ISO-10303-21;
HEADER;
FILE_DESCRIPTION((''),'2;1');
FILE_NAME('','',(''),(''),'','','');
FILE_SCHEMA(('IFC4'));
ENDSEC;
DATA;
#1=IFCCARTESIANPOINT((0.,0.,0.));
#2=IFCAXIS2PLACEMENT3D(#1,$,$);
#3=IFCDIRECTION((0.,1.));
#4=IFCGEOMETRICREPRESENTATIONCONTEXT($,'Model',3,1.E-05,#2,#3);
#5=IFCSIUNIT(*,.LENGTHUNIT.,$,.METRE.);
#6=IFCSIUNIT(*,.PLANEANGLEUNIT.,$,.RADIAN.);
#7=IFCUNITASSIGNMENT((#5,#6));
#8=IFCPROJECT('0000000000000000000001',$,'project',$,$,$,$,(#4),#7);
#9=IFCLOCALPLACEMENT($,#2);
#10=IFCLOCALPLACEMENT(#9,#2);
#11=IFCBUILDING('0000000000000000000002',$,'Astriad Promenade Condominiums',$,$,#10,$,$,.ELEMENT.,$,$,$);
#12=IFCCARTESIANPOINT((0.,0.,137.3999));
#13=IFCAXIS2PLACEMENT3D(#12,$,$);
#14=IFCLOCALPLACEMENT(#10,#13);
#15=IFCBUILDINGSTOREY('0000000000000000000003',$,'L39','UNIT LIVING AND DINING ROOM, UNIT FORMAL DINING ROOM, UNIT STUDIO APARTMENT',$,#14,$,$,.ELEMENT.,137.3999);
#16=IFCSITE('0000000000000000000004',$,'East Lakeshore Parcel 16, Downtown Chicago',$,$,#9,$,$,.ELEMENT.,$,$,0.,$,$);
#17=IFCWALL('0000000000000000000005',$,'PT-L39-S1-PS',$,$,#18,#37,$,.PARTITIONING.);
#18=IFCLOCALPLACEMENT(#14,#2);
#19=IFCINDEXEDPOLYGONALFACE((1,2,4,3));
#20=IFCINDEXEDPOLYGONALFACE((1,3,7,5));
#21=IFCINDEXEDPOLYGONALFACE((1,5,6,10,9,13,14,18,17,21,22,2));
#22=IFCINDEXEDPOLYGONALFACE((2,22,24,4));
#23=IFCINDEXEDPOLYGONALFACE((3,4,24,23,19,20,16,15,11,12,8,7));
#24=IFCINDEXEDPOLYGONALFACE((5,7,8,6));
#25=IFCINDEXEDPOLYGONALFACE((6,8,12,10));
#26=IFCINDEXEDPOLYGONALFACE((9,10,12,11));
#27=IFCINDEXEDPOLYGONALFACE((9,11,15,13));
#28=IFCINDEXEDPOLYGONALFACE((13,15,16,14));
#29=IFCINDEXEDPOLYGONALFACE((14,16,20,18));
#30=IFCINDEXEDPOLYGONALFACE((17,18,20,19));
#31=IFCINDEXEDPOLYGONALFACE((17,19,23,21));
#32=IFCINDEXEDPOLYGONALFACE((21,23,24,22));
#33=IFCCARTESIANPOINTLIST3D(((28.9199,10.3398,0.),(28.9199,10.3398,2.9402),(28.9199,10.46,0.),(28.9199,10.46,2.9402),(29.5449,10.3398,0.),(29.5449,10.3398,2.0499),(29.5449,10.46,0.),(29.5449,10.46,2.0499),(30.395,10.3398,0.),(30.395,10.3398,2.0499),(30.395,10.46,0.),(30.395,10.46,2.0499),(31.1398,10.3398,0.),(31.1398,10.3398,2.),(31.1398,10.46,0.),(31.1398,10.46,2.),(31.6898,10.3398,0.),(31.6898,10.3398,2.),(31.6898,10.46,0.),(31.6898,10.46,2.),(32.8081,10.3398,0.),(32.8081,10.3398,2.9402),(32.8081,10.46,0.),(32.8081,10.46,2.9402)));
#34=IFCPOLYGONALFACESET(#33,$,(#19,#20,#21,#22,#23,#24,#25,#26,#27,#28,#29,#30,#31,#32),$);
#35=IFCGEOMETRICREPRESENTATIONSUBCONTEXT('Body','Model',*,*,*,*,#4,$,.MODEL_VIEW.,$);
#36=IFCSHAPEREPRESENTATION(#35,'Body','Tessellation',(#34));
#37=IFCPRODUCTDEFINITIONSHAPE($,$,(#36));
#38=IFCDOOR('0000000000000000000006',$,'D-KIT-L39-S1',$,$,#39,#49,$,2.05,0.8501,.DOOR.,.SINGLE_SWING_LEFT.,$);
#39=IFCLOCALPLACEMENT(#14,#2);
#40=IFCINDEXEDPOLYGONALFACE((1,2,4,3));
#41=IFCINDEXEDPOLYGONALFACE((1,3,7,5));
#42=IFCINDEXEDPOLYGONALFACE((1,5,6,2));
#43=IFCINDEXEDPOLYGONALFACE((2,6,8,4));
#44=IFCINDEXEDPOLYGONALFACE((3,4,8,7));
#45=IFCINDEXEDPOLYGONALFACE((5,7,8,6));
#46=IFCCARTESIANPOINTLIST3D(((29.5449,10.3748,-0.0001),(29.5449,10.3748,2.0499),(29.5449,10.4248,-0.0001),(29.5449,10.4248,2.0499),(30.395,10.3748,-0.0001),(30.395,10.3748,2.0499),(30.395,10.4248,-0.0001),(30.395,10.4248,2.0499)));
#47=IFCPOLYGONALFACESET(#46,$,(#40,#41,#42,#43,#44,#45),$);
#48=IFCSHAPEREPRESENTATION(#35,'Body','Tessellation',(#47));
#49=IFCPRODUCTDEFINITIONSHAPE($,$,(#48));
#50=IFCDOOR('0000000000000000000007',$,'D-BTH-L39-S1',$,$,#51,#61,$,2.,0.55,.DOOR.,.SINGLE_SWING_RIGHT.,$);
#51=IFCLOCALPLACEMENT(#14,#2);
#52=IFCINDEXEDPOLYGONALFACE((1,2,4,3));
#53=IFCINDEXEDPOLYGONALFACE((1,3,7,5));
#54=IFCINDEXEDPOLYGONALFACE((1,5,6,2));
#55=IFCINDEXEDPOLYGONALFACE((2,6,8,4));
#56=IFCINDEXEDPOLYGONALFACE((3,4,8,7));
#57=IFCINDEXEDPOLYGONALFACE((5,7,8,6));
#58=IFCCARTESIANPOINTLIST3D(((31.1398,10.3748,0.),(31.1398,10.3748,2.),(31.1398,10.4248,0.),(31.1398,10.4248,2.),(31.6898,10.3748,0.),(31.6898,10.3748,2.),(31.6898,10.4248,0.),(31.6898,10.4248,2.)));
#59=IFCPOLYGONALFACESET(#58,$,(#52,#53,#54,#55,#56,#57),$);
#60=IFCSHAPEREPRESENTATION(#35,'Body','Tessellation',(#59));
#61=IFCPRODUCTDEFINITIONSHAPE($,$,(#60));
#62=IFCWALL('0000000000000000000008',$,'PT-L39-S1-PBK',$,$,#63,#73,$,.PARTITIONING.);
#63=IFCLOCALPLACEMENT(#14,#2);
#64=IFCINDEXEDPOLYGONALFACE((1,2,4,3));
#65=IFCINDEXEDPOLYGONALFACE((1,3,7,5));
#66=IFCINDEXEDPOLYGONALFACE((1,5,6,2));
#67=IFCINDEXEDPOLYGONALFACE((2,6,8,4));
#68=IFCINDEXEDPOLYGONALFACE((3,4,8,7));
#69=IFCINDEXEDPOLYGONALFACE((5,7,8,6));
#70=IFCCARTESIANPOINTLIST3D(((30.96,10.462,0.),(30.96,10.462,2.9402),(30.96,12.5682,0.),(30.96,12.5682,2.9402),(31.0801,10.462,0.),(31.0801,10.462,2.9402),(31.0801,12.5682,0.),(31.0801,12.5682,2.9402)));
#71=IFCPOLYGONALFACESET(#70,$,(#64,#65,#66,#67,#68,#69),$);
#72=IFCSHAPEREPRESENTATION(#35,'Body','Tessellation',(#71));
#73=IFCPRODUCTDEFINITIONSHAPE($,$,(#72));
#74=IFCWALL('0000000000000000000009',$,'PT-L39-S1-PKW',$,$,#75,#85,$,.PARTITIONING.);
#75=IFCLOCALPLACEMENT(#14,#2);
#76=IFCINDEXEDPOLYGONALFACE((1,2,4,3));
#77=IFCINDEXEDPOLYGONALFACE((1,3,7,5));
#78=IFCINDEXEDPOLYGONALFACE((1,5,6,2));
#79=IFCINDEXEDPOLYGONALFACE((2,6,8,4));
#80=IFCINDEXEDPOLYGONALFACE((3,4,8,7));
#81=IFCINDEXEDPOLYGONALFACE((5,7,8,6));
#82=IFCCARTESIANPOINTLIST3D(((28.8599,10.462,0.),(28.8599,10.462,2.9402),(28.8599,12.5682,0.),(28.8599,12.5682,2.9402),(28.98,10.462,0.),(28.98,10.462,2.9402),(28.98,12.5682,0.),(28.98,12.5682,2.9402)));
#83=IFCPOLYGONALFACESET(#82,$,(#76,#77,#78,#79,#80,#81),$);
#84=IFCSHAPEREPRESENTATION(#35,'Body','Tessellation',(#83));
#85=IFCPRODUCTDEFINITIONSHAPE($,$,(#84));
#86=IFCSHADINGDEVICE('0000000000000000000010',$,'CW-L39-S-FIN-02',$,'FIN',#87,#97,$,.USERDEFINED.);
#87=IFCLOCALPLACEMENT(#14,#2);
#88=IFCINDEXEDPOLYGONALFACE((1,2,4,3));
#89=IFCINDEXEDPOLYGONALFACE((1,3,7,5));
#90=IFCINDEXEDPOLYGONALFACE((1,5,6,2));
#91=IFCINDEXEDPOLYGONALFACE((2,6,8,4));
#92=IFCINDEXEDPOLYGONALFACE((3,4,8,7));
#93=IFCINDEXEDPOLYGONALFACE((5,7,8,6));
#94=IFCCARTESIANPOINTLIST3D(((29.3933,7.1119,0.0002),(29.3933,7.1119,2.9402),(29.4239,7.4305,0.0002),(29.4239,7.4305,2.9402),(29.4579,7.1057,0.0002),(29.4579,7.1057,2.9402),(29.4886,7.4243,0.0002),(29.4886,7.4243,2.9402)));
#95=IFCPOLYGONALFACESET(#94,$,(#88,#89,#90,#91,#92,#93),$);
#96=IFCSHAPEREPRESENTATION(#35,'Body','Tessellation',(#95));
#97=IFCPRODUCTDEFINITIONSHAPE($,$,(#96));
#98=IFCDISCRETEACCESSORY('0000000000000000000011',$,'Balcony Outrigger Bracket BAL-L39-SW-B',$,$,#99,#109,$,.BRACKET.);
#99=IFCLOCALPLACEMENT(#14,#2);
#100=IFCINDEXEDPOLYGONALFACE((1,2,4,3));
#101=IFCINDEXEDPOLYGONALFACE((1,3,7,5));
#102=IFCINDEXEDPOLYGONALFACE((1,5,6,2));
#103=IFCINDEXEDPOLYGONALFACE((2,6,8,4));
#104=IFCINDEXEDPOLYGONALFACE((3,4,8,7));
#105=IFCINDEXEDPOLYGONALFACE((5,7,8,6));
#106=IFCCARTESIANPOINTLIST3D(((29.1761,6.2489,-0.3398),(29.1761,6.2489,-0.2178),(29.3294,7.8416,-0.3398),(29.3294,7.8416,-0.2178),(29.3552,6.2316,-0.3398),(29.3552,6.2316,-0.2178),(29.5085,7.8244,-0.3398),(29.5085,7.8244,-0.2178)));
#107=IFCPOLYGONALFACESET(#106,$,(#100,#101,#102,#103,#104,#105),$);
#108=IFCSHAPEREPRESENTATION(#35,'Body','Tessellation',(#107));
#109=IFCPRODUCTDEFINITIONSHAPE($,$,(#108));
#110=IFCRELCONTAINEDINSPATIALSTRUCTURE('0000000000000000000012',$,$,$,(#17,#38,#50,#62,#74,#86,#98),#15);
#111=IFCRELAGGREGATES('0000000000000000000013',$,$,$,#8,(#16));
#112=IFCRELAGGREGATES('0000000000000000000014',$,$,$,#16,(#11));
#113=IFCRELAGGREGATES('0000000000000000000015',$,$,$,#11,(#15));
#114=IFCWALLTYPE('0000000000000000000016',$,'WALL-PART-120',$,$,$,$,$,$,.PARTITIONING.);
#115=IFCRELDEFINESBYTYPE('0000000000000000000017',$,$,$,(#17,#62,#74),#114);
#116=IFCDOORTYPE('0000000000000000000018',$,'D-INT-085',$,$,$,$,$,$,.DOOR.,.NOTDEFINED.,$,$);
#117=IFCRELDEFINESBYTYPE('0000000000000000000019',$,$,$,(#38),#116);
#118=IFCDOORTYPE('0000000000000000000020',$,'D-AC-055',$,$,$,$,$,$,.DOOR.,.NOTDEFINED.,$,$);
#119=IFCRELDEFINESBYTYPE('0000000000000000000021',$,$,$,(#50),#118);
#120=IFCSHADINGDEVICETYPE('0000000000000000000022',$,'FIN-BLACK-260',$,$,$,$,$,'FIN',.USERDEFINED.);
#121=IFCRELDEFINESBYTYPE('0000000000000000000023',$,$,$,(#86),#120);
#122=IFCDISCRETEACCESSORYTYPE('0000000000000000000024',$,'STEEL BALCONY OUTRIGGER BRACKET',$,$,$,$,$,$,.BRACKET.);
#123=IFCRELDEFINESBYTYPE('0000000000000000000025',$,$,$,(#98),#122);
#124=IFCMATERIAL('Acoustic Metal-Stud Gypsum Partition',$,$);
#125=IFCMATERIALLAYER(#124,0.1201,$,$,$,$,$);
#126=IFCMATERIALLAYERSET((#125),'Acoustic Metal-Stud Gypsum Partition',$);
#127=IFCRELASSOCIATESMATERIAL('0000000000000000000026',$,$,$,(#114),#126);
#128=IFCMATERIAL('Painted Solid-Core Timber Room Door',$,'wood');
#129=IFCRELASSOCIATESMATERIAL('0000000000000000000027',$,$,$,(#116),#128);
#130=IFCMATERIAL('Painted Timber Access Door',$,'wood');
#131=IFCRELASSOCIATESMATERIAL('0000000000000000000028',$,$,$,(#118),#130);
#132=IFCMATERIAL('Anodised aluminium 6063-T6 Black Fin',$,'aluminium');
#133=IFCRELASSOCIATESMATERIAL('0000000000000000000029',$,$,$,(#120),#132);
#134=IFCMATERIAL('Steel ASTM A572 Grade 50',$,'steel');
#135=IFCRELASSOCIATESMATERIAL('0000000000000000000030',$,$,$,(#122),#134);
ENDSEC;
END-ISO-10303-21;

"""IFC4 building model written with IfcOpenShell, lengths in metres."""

from ifc_helpers import new_model, si_unit, direction, frame, frame_2d, origin, origin_2d, place, context, subcontext, project, spatial, rectangle, extrude, source, transform, mapped, material, layer, layer_set, type_object, type_shapes, element, fill, save


model = new_model("IFC4")

# Units and contexts
model_context = context("Model", 3, precision=1e-05, world=origin(), true_north=direction((0.0, 1.0)))
body_context = subcontext(model_context, "Body", "Model", "MODEL_VIEW")
ifc_project = project(units=[si_unit("LENGTHUNIT", "METRE"), si_unit("PLANEANGLEUNIT", "RADIAN")], contexts=[model_context])

# Site, building, storey
site_placement = place(None, origin())
site = spatial("IfcSite", under=ifc_project, at=site_placement, Name="East Lakeshore Parcel 16, Downtown Chicago", CompositionType="ELEMENT", RefElevation=0.0)
building_placement = place(site_placement, origin())
building = spatial("IfcBuilding", under=site, at=building_placement, Name="Astriad Promenade Condominiums", CompositionType="ELEMENT")
storey_placement = place(building_placement, frame((0.0, 0.0, 137.3999)))
storey = spatial("IfcBuildingStorey", under=building, at=storey_placement, Name="L39", Description="UNIT LIVING AND DINING ROOM, UNIT FORMAL DINING ROOM, UNIT STUDIO APARTMENT", CompositionType="ELEMENT", Elevation=137.3999)

# Wall, openings, doors
ifc_material_1 = material(Name="Acoustic Metal-Stud Gypsum Partition")
ifc_layer_1 = layer(ifc_material_1, 0.1201)
ifc_layer_set_1 = layer_set([ifc_layer_1], Name="Acoustic Metal-Stud Gypsum Partition")
wall_type_1 = type_object("IfcWallType", Name="WALL-PART-120", PredefinedType="PARTITIONING", material=ifc_layer_set_1)
wall_1_placement = place(storey_placement, frame((28.9199, 10.3999, 0.0), z_axis=(0.0, 0.0, 1.0), x_axis=(1.0, 0.0, 0.0)))
wall_1 = element("IfcWall", 1, at=wall_1_placement, inside=storey, type_object=wall_type_1, Name="PT-L39-S1-PS", PredefinedType="PARTITIONING", context=body_context, shape_type="SweptSolid", body=[
    extrude(rectangle(XDim=3.8882, YDim=0.1201, at=frame_2d((1.9441, 0.0))), origin(), (0.0, 0.0, 1.0), 2.9402),
])
opening_1_placement = place(wall_1_placement, frame((0.625, 0.0, 0.0)))
opening_1 = element("IfcOpeningElement", 2, at=opening_1_placement, cuts=wall_1, PredefinedType="OPENING", context=body_context, shape_type="SweptSolid", body=[
    extrude(rectangle(XDim=0.8501, YDim=2.05, at=frame_2d((0.425, 1.0249))), frame((0.0, 0.0701, 0.0), z_axis=(0.0, -1.0, 0.0), x_axis=(1.0, 0.0, 0.0)), (0.0, 0.0, 1.0), 0.1401),
])
opening_2_placement = place(wall_1_placement, frame((2.22, 0.0, 0.0)))
opening_2 = element("IfcOpeningElement", 3, at=opening_2_placement, cuts=wall_1, PredefinedType="OPENING", context=body_context, shape_type="SweptSolid", body=[
    extrude(rectangle(XDim=0.55, YDim=2.0, at=frame_2d((0.2749, 1.0))), frame((0.0, 0.0701, 0.0), z_axis=(0.0, -1.0, 0.0), x_axis=(1.0, 0.0, 0.0)), (0.0, 0.0, 1.0), 0.1401),
])
ifc_material_2 = material(Name="Painted Solid-Core Timber Room Door", Category="wood")
door_type_1 = type_object("IfcDoorType", Name="D-INT-085", OperationType="NOTDEFINED", PredefinedType="DOOR", material=ifc_material_2)
shared_shape_1 = source(origin(), body_context, "Body", "SweptSolid", [
    extrude(rectangle(XDim=0.8501, YDim=2.05, at=frame_2d((0.425, 1.0249))), frame((0.0, 0.0249, 0.0), z_axis=(0.0, -1.0, 0.0), x_axis=(1.0, 0.0, 0.0)), (0.0, 0.0, 1.0), 0.05),
])
type_shapes(door_type_1, [shared_shape_1])
door_1_placement = place(opening_1_placement, origin())
door_1 = element("IfcDoor", 4, at=door_1_placement, inside=storey, type_object=door_type_1, Name="D-KIT-L39-S1", OperationType="SINGLE_SWING_LEFT", OverallHeight=2.05, OverallWidth=0.8501, PredefinedType="DOOR", context=body_context, shape_type="MappedRepresentation", body=[
    mapped(shared_shape_1, transform((0.0, 0.0, 0.0), scale=1.0)),
])
fill(opening_1, door_1)
ifc_material_3 = material(Name="Painted Timber Access Door", Category="wood")
door_type_2 = type_object("IfcDoorType", Name="D-AC-055", OperationType="NOTDEFINED", PredefinedType="DOOR", material=ifc_material_3)
shared_shape_2 = source(origin(), body_context, "Body", "SweptSolid", [
    extrude(rectangle(XDim=0.55, YDim=2.0, at=frame_2d((0.2749, 1.0))), frame((0.0, 0.0249, 0.0), z_axis=(0.0, -1.0, 0.0), x_axis=(1.0, 0.0, 0.0)), (0.0, 0.0, 1.0), 0.05),
])
type_shapes(door_type_2, [shared_shape_2])
door_2_placement = place(opening_2_placement, origin())
door_2 = element("IfcDoor", 5, at=door_2_placement, inside=storey, type_object=door_type_2, Name="D-BTH-L39-S1", OperationType="SINGLE_SWING_RIGHT", OverallHeight=2.0, OverallWidth=0.55, PredefinedType="DOOR", context=body_context, shape_type="MappedRepresentation", body=[
    mapped(shared_shape_2, transform((0.0, 0.0, 0.0), scale=1.0)),
])
fill(opening_2, door_2)

# Walls
for number, where, z_axis, x_axis, name in (
    (6, (31.02, 10.4619, 0.0), (0.0, 0.0, 1.0), (0.0, 1.0, 0.0), "PT-L39-S1-PBK"),
    (7, (28.9199, 10.4619, 0.0), (0.0, 0.0, 1.0), (0.0, 1.0, 0.0), "PT-L39-S1-PKW"),
):
    element("IfcWall", number, at=place(storey_placement, frame(where, z_axis=z_axis, x_axis=x_axis)), inside=storey, type_object=wall_type_1, Name=name, PredefinedType="PARTITIONING", context=body_context, shape_type="SweptSolid", body=[
        extrude(rectangle(XDim=2.1062, YDim=0.1201, at=frame_2d((1.0532, 0.0))), origin(), (0.0, 0.0, 1.0), 2.9402),
    ])

# Shading device
ifc_material_4 = material(Name="Anodised aluminium 6063-T6 Black Fin", Category="aluminium")
shading_device_type = type_object("IfcShadingDeviceType", Name="FIN-BLACK-260", ElementType="FIN", PredefinedType="USERDEFINED", material=ifc_material_4)
shared_shape_3 = source(origin(), body_context, "Body", "SweptSolid", [
    extrude(rectangle(XDim=0.0649, YDim=0.3201, at=origin_2d()), origin(), (0.0, 0.0, 1.0), 2.9399),
])
type_shapes(shading_device_type, [shared_shape_3])
shading_device_placement = place(storey_placement, frame((29.4409, 7.2681, 0.0002), z_axis=(0.0, 0.0, 1.0), x_axis=(-0.995396, 0.095846, 0.0)))
element("IfcShadingDevice", 8, at=shading_device_placement, inside=storey, type_object=shading_device_type, Name="CW-L39-S-FIN-02", ObjectType="FIN", PredefinedType="USERDEFINED", context=body_context, shape_type="MappedRepresentation", body=[
    mapped(shared_shape_3, transform((0.0, 0.0, 0.0), scale=1.0)),
])

# Discrete accessory
ifc_material_5 = material(Name="Steel ASTM A572 Grade 50", Category="steel")
discrete_accessory_type = type_object("IfcDiscreteAccessoryType", Name="STEEL BALCONY OUTRIGGER BRACKET", PredefinedType="BRACKET", material=ifc_material_5)
shared_shape_4 = source(origin(), body_context, "Body", "SweptSolid", [
    extrude(rectangle(XDim=1.6001, YDim=0.1799, at=origin_2d()), origin(), (0.0, 0.0, 1.0), 0.1221),
])
type_shapes(discrete_accessory_type, [shared_shape_4])
discrete_accessory_placement = place(storey_placement, frame((29.3423, 7.0366, -0.3398), z_axis=(0.0, 0.0, 1.0), x_axis=(-0.095846, -0.995396, 0.0)))
element("IfcDiscreteAccessory", 9, at=discrete_accessory_placement, inside=storey, type_object=discrete_accessory_type, Name="Balcony Outrigger Bracket BAL-L39-SW-B", PredefinedType="BRACKET", context=body_context, shape_type="MappedRepresentation", body=[
    mapped(shared_shape_4, transform((0.0, 0.0, 0.0), scale=1.0)),
])

save(model, "model.ifc")
